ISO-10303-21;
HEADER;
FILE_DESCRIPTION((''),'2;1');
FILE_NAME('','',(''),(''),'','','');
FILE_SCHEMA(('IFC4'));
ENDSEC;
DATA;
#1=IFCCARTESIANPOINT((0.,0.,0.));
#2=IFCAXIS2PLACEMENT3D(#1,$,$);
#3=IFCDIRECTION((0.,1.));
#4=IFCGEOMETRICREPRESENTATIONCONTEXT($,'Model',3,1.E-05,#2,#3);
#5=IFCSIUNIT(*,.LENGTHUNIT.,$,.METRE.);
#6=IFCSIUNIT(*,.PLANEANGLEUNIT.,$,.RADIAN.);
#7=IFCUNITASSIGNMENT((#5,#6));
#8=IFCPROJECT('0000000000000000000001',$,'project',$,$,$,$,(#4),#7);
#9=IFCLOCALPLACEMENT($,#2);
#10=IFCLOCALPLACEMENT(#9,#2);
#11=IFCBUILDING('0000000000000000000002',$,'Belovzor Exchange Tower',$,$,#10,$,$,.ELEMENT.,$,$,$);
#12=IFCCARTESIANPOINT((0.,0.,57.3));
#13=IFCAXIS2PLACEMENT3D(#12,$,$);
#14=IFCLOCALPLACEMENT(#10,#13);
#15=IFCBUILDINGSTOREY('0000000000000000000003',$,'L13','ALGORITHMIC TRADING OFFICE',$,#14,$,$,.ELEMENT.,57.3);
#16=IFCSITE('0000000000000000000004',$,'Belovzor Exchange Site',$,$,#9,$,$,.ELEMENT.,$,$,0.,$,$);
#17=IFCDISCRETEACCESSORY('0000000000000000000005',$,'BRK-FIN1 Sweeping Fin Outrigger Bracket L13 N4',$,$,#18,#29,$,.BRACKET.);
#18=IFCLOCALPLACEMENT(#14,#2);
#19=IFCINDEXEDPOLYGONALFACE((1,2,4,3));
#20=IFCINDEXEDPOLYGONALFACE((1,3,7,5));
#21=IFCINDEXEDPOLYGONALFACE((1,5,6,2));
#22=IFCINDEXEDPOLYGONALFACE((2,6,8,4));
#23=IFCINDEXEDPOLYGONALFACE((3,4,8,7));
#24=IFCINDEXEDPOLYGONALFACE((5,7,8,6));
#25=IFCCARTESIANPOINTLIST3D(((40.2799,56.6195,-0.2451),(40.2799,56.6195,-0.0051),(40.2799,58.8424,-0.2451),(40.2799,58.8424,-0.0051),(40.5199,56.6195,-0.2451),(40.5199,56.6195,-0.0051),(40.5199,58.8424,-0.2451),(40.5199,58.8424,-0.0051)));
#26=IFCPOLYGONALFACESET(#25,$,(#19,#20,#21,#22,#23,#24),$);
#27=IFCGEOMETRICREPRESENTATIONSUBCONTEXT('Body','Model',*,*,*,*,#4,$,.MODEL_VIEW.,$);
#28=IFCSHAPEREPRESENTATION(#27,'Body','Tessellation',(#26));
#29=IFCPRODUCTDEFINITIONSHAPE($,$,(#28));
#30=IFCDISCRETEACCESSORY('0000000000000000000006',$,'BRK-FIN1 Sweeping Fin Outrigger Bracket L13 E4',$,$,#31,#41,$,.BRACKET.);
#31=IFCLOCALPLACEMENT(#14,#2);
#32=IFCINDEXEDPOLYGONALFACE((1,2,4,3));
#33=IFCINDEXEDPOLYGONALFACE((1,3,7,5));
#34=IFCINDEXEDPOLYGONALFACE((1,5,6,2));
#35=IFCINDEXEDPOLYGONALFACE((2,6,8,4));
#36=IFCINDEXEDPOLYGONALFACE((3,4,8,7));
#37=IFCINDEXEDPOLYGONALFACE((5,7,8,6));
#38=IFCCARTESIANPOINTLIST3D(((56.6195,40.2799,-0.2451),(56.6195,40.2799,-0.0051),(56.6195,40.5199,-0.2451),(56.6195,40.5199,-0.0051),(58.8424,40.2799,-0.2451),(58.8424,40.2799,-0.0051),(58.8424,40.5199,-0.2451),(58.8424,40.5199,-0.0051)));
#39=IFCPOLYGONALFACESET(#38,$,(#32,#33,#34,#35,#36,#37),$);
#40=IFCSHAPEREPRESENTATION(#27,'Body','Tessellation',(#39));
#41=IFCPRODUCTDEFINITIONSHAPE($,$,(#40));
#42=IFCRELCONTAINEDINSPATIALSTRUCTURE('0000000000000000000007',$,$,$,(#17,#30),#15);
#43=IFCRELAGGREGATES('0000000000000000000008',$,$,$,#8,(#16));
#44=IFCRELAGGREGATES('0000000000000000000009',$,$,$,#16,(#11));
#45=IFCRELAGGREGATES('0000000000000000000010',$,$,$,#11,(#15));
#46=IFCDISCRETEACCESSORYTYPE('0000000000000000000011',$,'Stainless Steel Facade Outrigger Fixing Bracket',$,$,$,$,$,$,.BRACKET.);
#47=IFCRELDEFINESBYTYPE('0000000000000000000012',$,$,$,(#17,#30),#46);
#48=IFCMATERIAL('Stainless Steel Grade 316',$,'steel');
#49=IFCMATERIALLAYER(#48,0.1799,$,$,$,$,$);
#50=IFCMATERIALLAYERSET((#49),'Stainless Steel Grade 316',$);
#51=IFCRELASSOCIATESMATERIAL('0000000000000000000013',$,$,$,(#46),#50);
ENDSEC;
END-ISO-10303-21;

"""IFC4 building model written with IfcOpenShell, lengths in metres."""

from ifc_helpers import new_model, si_unit, direction, frame, origin, origin_2d, place, context, subcontext, project, spatial, rectangle, extrude, material, layer, layer_set, type_object, element, save


model = new_model("IFC4")

# Units and contexts
model_context = context("Model", 3, precision=1e-05, world=origin(), true_north=direction((0.0, 1.0)))
body_context = subcontext(model_context, "Body", "Model", "MODEL_VIEW")
ifc_project = project(units=[si_unit("LENGTHUNIT", "METRE"), si_unit("PLANEANGLEUNIT", "RADIAN")], contexts=[model_context])

# Site, building, storey
site_placement = place(None, origin())
site = spatial("IfcSite", under=ifc_project, at=site_placement, Name="Belovzor Exchange Site", CompositionType="ELEMENT", RefElevation=0.0)
building_placement = place(site_placement, origin())
building = spatial("IfcBuilding", under=site, at=building_placement, Name="Belovzor Exchange Tower", CompositionType="ELEMENT")
storey_placement = place(building_placement, frame((0.0, 0.0, 57.3)))
storey = spatial("IfcBuildingStorey", under=building, at=storey_placement, Name="L13", Description="ALGORITHMIC TRADING OFFICE", CompositionType="ELEMENT", Elevation=57.3)

# Discrete accessories
ifc_material_1 = material(Name="Stainless Steel Grade 316", Category="steel")
ifc_layer_1 = layer(ifc_material_1, 0.1799)
ifc_layer_set_1 = layer_set([ifc_layer_1], Name="Stainless Steel Grade 316")
discrete_accessory_type = type_object("IfcDiscreteAccessoryType", Name="Stainless Steel Facade Outrigger Fixing Bracket", PredefinedType="BRACKET", material=ifc_layer_set_1)
for number, where, z_axis, x_axis, name in (
    (1, (40.3999, 57.731, -0.2451), (0.0, 0.0, 1.0), (0.0, 1.0, 0.0), "BRK-FIN1 Sweeping Fin Outrigger Bracket L13 N4"),
    (2, (57.731, 40.3999, -0.2451), (0.0, 0.0, 1.0), (1.0, 0.0, 0.0), "BRK-FIN1 Sweeping Fin Outrigger Bracket L13 E4"),
):
    element("IfcDiscreteAccessory", number, at=place(storey_placement, frame(where, z_axis=z_axis, x_axis=x_axis)), inside=storey, type_object=discrete_accessory_type, Name=name, PredefinedType="BRACKET", context=body_context, shape_type="SweptSolid", body=[
        extrude(rectangle(XDim=2.2229, YDim=0.24, at=origin_2d()), origin(), (0.0, 0.0, 1.0), 0.24),
    ])

save(model, "model.ifc")
